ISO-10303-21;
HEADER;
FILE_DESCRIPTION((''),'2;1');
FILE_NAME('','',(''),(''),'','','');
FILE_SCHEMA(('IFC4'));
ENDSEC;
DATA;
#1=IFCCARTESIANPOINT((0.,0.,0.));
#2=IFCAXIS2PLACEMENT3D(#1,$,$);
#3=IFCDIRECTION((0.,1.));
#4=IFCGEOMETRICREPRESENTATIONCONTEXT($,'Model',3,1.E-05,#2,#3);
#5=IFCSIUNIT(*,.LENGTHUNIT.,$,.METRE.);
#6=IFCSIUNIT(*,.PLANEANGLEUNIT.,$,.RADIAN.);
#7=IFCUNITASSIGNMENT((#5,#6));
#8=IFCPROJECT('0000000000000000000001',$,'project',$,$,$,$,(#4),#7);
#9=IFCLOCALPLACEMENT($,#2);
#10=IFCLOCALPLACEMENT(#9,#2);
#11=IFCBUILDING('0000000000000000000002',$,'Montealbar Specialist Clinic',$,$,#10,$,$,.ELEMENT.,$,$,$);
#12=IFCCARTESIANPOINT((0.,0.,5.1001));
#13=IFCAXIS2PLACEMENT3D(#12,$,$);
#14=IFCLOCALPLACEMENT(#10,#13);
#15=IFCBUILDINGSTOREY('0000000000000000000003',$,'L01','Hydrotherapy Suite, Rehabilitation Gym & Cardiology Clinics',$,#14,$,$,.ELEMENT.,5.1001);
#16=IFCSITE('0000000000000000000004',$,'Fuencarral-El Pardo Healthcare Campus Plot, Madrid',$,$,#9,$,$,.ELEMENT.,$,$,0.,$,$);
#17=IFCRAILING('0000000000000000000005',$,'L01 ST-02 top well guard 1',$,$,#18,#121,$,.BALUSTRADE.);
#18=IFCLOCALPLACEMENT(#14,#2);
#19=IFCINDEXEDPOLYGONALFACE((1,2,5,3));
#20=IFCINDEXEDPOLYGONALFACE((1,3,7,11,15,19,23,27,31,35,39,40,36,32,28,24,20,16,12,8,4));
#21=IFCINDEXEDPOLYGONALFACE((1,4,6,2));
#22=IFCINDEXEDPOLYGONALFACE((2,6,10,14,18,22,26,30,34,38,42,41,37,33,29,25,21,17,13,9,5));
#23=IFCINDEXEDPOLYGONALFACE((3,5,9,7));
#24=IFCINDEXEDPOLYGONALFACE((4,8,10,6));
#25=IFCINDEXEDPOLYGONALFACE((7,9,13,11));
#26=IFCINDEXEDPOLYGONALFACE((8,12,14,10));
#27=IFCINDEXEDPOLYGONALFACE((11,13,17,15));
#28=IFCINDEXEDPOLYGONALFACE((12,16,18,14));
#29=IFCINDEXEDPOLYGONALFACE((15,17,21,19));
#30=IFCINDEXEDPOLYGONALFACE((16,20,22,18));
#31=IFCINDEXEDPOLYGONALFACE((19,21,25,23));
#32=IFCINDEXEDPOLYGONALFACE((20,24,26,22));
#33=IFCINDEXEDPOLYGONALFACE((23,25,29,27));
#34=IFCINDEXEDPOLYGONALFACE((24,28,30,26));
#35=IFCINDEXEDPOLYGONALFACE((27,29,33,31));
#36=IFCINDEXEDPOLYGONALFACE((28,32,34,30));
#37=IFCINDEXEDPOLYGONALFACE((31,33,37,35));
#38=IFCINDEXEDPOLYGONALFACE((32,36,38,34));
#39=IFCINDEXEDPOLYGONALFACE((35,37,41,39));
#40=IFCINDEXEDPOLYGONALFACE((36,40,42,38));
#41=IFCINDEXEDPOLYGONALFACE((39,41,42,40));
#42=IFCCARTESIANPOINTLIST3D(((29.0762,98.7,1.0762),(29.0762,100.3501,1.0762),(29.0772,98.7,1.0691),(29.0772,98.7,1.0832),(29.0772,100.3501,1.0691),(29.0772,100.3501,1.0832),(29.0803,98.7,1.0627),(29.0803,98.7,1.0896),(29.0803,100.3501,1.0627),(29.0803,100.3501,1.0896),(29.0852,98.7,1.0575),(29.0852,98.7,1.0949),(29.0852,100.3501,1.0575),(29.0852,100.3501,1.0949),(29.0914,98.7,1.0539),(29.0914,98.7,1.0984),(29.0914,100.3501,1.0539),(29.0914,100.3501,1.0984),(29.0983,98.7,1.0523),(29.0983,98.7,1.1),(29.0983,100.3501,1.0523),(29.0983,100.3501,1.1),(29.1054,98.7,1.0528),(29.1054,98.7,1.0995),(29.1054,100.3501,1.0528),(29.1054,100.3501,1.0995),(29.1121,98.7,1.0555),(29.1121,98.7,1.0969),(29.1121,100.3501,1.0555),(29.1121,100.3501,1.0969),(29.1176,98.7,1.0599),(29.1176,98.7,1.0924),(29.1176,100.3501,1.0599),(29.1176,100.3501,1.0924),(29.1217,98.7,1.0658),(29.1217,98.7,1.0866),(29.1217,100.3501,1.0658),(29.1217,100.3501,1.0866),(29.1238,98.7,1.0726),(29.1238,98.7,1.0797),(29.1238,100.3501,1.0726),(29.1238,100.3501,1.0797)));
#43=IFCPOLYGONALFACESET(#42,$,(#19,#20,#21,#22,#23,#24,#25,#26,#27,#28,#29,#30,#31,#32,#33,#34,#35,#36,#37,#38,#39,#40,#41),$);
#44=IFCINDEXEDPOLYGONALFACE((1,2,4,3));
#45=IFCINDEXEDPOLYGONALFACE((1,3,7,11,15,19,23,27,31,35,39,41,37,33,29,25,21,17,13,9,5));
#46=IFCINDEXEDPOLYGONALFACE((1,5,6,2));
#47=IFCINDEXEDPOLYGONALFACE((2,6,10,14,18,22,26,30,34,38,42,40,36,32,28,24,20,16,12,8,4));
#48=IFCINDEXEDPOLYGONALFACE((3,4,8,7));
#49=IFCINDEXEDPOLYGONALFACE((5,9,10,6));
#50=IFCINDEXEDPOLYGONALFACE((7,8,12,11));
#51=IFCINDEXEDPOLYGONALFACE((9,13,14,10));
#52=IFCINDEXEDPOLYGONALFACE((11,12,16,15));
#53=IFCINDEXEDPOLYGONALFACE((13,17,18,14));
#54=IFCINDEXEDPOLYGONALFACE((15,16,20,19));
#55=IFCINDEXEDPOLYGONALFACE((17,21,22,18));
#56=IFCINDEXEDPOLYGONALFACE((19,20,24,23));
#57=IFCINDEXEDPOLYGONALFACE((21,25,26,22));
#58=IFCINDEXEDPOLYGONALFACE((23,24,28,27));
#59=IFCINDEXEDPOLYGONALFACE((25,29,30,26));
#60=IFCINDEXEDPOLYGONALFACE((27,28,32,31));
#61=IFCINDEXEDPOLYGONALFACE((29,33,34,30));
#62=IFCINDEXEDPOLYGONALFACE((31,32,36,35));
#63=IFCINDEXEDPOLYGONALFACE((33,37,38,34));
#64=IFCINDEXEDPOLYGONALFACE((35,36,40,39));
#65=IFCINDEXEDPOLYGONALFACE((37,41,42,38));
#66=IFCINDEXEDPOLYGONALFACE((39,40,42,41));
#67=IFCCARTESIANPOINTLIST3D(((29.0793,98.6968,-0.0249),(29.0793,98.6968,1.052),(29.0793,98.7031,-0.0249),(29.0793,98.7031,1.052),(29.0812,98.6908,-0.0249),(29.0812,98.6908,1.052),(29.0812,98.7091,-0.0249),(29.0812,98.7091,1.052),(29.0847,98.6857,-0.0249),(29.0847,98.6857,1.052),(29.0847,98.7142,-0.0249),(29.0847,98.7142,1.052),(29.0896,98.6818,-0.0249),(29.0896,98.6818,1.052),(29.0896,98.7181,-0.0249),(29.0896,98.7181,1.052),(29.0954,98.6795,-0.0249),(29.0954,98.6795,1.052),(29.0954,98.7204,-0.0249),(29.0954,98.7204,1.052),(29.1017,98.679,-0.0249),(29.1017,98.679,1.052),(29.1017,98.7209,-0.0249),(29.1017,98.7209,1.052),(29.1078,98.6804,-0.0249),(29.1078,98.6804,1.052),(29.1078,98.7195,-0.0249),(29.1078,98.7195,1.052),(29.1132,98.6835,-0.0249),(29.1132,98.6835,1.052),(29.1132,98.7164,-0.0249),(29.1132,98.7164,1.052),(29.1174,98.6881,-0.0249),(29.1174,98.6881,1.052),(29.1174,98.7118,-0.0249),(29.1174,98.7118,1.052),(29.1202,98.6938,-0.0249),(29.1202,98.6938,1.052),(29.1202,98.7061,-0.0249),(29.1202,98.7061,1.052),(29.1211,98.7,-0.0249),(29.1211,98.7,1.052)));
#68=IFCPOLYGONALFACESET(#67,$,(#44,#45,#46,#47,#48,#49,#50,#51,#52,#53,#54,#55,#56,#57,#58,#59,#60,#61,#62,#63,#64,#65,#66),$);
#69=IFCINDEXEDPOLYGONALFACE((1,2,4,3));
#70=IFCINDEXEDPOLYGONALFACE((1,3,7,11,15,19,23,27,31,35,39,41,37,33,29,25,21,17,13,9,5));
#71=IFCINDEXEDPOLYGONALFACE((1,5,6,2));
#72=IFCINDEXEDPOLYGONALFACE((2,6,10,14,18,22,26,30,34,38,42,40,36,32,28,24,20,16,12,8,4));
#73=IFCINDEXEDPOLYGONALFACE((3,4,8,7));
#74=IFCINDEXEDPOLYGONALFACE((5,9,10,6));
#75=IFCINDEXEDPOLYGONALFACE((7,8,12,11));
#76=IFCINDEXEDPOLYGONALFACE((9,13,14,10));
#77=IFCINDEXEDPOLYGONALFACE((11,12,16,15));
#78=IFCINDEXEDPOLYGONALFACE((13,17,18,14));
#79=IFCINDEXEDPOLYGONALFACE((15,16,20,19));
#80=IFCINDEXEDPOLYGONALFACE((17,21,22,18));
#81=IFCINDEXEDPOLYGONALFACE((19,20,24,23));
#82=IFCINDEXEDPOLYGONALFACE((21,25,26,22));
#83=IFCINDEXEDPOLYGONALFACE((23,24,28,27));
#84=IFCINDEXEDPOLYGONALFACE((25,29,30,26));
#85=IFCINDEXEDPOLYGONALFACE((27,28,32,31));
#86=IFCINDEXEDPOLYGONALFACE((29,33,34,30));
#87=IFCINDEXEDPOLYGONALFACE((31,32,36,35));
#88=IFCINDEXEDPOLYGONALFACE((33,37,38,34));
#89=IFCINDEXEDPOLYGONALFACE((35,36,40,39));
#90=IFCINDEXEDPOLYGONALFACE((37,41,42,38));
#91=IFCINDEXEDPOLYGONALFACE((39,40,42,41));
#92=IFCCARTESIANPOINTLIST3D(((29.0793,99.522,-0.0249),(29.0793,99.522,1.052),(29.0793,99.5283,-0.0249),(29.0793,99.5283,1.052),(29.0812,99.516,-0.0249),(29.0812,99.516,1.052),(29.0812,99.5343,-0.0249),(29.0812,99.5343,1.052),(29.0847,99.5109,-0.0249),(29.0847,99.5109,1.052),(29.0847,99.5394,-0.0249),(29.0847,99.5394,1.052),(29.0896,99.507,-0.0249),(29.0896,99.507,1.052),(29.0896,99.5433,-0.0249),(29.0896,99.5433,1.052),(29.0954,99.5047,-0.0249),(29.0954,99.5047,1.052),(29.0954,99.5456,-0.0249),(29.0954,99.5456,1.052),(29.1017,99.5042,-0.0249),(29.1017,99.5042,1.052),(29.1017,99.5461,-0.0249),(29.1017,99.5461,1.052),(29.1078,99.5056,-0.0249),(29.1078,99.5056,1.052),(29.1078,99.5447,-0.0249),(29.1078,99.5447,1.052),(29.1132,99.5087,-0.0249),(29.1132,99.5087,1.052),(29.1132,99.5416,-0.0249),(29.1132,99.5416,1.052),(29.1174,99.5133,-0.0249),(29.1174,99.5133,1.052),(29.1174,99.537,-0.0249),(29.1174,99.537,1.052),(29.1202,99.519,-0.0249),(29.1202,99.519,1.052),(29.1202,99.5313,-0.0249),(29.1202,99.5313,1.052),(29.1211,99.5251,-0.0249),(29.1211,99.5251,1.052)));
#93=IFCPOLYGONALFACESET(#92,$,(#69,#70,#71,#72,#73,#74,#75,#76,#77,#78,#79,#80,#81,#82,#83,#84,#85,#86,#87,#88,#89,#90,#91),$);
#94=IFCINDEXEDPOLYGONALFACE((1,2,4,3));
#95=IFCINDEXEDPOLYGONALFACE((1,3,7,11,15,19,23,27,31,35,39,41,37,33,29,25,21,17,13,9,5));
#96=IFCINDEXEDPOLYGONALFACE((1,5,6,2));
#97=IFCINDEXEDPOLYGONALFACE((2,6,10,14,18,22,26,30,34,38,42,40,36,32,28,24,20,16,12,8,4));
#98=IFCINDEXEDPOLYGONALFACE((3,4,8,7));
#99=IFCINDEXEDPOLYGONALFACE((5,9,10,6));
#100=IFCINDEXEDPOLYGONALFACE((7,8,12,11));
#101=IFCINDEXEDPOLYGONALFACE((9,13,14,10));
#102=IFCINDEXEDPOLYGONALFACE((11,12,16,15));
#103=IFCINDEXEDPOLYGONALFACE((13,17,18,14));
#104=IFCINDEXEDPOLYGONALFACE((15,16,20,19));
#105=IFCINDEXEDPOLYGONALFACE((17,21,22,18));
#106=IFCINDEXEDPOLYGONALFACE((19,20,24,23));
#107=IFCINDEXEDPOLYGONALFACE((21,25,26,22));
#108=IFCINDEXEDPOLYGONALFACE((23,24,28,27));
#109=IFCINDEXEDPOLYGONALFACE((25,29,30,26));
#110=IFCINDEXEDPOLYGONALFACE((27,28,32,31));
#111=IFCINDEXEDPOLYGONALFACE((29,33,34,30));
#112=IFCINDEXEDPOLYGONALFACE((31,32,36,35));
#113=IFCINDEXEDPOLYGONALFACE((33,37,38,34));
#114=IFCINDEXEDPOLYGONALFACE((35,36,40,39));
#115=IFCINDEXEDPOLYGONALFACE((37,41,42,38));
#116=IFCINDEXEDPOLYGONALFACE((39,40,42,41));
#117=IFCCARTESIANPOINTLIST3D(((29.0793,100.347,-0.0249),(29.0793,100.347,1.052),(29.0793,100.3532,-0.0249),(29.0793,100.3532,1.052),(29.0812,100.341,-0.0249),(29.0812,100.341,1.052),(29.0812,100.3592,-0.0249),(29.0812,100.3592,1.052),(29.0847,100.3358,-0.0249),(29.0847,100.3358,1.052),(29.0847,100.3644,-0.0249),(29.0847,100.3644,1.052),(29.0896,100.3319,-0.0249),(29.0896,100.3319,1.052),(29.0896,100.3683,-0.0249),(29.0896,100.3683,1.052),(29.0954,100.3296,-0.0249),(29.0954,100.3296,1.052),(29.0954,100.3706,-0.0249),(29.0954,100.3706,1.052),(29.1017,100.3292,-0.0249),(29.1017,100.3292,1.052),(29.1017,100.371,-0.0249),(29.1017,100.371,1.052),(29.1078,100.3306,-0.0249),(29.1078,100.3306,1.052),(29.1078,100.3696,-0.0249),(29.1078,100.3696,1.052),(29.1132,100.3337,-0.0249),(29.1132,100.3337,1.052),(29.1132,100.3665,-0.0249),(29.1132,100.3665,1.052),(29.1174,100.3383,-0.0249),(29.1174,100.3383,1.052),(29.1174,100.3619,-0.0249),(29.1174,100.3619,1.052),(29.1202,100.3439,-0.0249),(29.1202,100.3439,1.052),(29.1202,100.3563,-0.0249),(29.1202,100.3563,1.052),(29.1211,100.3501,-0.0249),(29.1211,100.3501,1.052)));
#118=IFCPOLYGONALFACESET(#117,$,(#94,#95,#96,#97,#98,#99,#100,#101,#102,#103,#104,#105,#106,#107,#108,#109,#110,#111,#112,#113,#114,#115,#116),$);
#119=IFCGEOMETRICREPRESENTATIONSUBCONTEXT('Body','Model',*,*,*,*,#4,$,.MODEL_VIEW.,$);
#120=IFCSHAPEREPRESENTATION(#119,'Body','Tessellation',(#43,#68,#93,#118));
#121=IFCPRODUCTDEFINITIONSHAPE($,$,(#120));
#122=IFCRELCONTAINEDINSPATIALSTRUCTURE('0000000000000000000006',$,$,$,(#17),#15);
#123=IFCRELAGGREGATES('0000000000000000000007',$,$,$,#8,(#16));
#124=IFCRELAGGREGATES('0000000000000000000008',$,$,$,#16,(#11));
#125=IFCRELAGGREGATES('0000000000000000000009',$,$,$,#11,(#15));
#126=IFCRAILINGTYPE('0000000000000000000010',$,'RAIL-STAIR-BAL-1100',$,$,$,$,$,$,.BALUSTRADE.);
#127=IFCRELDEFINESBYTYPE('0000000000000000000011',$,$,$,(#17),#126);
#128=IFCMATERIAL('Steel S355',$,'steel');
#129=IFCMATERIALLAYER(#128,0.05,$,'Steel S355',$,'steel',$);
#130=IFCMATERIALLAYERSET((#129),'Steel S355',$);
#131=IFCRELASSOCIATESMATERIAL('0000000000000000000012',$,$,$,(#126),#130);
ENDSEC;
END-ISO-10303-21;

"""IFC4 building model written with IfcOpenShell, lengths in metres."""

from ifc_helpers import new_model, si_unit, direction, frame, origin, origin_2d, place, context, subcontext, project, spatial, circle, extrude, material, layer, layer_set, type_object, element, save


model = new_model("IFC4")

# Units and contexts
model_context = context("Model", 3, precision=1e-05, world=origin(), true_north=direction((0.0, 1.0)))
body_context = subcontext(model_context, "Body", "Model", "MODEL_VIEW")
ifc_project = project(units=[si_unit("LENGTHUNIT", "METRE"), si_unit("PLANEANGLEUNIT", "RADIAN")], contexts=[model_context])

# Site, building, storey
site_placement = place(None, origin())
site = spatial("IfcSite", under=ifc_project, at=site_placement, Name="Fuencarral-El Pardo Healthcare Campus Plot, Madrid", CompositionType="ELEMENT", RefElevation=0.0)
building_placement = place(site_placement, origin())
building = spatial("IfcBuilding", under=site, at=building_placement, Name="Montealbar Specialist Clinic", CompositionType="ELEMENT")
storey_placement = place(building_placement, frame((0.0, 0.0, 5.1001)))
storey = spatial("IfcBuildingStorey", under=building, at=storey_placement, Name="L01", Description="Hydrotherapy Suite, Rehabilitation Gym & Cardiology Clinics", CompositionType="ELEMENT", Elevation=5.1001)

# Shared definitions
ifc_material_1 = material(Name="Steel S355", Category="steel")

# Railing
ifc_layer_1 = layer(ifc_material_1, 0.05, Name="Steel S355", Category="steel")
ifc_layer_set_1 = layer_set([ifc_layer_1], Name="Steel S355")
railing_type = type_object("IfcRailingType", Name="RAIL-STAIR-BAL-1100", PredefinedType="BALUSTRADE", material=ifc_layer_set_1)
railing_placement = place(storey_placement, frame((29.1001, 98.7, 0.0)))
element("IfcRailing", 1, at=railing_placement, inside=storey, type_object=railing_type, Name="L01 ST-02 top well guard 1", PredefinedType="BALUSTRADE", context=body_context, shape_type="SweptSolid", body=[
    extrude(circle(Radius=0.0239, at=origin_2d()), frame((0.0, 0.0, 1.0762), z_axis=(0.0, 1.0, 0.0), x_axis=(-1.0, 0.0, 0.0)), (0.0, 0.0, 1.0), 1.6501),
    extrude(circle(Radius=0.021, at=origin_2d()), frame((0.0, 0.0, -0.0249)), (0.0, 0.0, 1.0), 1.0769),
    extrude(circle(Radius=0.021, at=origin_2d()), frame((0.0, 0.8252, -0.0249)), (0.0, 0.0, 1.0), 1.0769),
    extrude(circle(Radius=0.021, at=origin_2d()), frame((0.0, 1.6501, -0.0249)), (0.0, 0.0, 1.0), 1.0769),
])

save(model, "model.ifc")
